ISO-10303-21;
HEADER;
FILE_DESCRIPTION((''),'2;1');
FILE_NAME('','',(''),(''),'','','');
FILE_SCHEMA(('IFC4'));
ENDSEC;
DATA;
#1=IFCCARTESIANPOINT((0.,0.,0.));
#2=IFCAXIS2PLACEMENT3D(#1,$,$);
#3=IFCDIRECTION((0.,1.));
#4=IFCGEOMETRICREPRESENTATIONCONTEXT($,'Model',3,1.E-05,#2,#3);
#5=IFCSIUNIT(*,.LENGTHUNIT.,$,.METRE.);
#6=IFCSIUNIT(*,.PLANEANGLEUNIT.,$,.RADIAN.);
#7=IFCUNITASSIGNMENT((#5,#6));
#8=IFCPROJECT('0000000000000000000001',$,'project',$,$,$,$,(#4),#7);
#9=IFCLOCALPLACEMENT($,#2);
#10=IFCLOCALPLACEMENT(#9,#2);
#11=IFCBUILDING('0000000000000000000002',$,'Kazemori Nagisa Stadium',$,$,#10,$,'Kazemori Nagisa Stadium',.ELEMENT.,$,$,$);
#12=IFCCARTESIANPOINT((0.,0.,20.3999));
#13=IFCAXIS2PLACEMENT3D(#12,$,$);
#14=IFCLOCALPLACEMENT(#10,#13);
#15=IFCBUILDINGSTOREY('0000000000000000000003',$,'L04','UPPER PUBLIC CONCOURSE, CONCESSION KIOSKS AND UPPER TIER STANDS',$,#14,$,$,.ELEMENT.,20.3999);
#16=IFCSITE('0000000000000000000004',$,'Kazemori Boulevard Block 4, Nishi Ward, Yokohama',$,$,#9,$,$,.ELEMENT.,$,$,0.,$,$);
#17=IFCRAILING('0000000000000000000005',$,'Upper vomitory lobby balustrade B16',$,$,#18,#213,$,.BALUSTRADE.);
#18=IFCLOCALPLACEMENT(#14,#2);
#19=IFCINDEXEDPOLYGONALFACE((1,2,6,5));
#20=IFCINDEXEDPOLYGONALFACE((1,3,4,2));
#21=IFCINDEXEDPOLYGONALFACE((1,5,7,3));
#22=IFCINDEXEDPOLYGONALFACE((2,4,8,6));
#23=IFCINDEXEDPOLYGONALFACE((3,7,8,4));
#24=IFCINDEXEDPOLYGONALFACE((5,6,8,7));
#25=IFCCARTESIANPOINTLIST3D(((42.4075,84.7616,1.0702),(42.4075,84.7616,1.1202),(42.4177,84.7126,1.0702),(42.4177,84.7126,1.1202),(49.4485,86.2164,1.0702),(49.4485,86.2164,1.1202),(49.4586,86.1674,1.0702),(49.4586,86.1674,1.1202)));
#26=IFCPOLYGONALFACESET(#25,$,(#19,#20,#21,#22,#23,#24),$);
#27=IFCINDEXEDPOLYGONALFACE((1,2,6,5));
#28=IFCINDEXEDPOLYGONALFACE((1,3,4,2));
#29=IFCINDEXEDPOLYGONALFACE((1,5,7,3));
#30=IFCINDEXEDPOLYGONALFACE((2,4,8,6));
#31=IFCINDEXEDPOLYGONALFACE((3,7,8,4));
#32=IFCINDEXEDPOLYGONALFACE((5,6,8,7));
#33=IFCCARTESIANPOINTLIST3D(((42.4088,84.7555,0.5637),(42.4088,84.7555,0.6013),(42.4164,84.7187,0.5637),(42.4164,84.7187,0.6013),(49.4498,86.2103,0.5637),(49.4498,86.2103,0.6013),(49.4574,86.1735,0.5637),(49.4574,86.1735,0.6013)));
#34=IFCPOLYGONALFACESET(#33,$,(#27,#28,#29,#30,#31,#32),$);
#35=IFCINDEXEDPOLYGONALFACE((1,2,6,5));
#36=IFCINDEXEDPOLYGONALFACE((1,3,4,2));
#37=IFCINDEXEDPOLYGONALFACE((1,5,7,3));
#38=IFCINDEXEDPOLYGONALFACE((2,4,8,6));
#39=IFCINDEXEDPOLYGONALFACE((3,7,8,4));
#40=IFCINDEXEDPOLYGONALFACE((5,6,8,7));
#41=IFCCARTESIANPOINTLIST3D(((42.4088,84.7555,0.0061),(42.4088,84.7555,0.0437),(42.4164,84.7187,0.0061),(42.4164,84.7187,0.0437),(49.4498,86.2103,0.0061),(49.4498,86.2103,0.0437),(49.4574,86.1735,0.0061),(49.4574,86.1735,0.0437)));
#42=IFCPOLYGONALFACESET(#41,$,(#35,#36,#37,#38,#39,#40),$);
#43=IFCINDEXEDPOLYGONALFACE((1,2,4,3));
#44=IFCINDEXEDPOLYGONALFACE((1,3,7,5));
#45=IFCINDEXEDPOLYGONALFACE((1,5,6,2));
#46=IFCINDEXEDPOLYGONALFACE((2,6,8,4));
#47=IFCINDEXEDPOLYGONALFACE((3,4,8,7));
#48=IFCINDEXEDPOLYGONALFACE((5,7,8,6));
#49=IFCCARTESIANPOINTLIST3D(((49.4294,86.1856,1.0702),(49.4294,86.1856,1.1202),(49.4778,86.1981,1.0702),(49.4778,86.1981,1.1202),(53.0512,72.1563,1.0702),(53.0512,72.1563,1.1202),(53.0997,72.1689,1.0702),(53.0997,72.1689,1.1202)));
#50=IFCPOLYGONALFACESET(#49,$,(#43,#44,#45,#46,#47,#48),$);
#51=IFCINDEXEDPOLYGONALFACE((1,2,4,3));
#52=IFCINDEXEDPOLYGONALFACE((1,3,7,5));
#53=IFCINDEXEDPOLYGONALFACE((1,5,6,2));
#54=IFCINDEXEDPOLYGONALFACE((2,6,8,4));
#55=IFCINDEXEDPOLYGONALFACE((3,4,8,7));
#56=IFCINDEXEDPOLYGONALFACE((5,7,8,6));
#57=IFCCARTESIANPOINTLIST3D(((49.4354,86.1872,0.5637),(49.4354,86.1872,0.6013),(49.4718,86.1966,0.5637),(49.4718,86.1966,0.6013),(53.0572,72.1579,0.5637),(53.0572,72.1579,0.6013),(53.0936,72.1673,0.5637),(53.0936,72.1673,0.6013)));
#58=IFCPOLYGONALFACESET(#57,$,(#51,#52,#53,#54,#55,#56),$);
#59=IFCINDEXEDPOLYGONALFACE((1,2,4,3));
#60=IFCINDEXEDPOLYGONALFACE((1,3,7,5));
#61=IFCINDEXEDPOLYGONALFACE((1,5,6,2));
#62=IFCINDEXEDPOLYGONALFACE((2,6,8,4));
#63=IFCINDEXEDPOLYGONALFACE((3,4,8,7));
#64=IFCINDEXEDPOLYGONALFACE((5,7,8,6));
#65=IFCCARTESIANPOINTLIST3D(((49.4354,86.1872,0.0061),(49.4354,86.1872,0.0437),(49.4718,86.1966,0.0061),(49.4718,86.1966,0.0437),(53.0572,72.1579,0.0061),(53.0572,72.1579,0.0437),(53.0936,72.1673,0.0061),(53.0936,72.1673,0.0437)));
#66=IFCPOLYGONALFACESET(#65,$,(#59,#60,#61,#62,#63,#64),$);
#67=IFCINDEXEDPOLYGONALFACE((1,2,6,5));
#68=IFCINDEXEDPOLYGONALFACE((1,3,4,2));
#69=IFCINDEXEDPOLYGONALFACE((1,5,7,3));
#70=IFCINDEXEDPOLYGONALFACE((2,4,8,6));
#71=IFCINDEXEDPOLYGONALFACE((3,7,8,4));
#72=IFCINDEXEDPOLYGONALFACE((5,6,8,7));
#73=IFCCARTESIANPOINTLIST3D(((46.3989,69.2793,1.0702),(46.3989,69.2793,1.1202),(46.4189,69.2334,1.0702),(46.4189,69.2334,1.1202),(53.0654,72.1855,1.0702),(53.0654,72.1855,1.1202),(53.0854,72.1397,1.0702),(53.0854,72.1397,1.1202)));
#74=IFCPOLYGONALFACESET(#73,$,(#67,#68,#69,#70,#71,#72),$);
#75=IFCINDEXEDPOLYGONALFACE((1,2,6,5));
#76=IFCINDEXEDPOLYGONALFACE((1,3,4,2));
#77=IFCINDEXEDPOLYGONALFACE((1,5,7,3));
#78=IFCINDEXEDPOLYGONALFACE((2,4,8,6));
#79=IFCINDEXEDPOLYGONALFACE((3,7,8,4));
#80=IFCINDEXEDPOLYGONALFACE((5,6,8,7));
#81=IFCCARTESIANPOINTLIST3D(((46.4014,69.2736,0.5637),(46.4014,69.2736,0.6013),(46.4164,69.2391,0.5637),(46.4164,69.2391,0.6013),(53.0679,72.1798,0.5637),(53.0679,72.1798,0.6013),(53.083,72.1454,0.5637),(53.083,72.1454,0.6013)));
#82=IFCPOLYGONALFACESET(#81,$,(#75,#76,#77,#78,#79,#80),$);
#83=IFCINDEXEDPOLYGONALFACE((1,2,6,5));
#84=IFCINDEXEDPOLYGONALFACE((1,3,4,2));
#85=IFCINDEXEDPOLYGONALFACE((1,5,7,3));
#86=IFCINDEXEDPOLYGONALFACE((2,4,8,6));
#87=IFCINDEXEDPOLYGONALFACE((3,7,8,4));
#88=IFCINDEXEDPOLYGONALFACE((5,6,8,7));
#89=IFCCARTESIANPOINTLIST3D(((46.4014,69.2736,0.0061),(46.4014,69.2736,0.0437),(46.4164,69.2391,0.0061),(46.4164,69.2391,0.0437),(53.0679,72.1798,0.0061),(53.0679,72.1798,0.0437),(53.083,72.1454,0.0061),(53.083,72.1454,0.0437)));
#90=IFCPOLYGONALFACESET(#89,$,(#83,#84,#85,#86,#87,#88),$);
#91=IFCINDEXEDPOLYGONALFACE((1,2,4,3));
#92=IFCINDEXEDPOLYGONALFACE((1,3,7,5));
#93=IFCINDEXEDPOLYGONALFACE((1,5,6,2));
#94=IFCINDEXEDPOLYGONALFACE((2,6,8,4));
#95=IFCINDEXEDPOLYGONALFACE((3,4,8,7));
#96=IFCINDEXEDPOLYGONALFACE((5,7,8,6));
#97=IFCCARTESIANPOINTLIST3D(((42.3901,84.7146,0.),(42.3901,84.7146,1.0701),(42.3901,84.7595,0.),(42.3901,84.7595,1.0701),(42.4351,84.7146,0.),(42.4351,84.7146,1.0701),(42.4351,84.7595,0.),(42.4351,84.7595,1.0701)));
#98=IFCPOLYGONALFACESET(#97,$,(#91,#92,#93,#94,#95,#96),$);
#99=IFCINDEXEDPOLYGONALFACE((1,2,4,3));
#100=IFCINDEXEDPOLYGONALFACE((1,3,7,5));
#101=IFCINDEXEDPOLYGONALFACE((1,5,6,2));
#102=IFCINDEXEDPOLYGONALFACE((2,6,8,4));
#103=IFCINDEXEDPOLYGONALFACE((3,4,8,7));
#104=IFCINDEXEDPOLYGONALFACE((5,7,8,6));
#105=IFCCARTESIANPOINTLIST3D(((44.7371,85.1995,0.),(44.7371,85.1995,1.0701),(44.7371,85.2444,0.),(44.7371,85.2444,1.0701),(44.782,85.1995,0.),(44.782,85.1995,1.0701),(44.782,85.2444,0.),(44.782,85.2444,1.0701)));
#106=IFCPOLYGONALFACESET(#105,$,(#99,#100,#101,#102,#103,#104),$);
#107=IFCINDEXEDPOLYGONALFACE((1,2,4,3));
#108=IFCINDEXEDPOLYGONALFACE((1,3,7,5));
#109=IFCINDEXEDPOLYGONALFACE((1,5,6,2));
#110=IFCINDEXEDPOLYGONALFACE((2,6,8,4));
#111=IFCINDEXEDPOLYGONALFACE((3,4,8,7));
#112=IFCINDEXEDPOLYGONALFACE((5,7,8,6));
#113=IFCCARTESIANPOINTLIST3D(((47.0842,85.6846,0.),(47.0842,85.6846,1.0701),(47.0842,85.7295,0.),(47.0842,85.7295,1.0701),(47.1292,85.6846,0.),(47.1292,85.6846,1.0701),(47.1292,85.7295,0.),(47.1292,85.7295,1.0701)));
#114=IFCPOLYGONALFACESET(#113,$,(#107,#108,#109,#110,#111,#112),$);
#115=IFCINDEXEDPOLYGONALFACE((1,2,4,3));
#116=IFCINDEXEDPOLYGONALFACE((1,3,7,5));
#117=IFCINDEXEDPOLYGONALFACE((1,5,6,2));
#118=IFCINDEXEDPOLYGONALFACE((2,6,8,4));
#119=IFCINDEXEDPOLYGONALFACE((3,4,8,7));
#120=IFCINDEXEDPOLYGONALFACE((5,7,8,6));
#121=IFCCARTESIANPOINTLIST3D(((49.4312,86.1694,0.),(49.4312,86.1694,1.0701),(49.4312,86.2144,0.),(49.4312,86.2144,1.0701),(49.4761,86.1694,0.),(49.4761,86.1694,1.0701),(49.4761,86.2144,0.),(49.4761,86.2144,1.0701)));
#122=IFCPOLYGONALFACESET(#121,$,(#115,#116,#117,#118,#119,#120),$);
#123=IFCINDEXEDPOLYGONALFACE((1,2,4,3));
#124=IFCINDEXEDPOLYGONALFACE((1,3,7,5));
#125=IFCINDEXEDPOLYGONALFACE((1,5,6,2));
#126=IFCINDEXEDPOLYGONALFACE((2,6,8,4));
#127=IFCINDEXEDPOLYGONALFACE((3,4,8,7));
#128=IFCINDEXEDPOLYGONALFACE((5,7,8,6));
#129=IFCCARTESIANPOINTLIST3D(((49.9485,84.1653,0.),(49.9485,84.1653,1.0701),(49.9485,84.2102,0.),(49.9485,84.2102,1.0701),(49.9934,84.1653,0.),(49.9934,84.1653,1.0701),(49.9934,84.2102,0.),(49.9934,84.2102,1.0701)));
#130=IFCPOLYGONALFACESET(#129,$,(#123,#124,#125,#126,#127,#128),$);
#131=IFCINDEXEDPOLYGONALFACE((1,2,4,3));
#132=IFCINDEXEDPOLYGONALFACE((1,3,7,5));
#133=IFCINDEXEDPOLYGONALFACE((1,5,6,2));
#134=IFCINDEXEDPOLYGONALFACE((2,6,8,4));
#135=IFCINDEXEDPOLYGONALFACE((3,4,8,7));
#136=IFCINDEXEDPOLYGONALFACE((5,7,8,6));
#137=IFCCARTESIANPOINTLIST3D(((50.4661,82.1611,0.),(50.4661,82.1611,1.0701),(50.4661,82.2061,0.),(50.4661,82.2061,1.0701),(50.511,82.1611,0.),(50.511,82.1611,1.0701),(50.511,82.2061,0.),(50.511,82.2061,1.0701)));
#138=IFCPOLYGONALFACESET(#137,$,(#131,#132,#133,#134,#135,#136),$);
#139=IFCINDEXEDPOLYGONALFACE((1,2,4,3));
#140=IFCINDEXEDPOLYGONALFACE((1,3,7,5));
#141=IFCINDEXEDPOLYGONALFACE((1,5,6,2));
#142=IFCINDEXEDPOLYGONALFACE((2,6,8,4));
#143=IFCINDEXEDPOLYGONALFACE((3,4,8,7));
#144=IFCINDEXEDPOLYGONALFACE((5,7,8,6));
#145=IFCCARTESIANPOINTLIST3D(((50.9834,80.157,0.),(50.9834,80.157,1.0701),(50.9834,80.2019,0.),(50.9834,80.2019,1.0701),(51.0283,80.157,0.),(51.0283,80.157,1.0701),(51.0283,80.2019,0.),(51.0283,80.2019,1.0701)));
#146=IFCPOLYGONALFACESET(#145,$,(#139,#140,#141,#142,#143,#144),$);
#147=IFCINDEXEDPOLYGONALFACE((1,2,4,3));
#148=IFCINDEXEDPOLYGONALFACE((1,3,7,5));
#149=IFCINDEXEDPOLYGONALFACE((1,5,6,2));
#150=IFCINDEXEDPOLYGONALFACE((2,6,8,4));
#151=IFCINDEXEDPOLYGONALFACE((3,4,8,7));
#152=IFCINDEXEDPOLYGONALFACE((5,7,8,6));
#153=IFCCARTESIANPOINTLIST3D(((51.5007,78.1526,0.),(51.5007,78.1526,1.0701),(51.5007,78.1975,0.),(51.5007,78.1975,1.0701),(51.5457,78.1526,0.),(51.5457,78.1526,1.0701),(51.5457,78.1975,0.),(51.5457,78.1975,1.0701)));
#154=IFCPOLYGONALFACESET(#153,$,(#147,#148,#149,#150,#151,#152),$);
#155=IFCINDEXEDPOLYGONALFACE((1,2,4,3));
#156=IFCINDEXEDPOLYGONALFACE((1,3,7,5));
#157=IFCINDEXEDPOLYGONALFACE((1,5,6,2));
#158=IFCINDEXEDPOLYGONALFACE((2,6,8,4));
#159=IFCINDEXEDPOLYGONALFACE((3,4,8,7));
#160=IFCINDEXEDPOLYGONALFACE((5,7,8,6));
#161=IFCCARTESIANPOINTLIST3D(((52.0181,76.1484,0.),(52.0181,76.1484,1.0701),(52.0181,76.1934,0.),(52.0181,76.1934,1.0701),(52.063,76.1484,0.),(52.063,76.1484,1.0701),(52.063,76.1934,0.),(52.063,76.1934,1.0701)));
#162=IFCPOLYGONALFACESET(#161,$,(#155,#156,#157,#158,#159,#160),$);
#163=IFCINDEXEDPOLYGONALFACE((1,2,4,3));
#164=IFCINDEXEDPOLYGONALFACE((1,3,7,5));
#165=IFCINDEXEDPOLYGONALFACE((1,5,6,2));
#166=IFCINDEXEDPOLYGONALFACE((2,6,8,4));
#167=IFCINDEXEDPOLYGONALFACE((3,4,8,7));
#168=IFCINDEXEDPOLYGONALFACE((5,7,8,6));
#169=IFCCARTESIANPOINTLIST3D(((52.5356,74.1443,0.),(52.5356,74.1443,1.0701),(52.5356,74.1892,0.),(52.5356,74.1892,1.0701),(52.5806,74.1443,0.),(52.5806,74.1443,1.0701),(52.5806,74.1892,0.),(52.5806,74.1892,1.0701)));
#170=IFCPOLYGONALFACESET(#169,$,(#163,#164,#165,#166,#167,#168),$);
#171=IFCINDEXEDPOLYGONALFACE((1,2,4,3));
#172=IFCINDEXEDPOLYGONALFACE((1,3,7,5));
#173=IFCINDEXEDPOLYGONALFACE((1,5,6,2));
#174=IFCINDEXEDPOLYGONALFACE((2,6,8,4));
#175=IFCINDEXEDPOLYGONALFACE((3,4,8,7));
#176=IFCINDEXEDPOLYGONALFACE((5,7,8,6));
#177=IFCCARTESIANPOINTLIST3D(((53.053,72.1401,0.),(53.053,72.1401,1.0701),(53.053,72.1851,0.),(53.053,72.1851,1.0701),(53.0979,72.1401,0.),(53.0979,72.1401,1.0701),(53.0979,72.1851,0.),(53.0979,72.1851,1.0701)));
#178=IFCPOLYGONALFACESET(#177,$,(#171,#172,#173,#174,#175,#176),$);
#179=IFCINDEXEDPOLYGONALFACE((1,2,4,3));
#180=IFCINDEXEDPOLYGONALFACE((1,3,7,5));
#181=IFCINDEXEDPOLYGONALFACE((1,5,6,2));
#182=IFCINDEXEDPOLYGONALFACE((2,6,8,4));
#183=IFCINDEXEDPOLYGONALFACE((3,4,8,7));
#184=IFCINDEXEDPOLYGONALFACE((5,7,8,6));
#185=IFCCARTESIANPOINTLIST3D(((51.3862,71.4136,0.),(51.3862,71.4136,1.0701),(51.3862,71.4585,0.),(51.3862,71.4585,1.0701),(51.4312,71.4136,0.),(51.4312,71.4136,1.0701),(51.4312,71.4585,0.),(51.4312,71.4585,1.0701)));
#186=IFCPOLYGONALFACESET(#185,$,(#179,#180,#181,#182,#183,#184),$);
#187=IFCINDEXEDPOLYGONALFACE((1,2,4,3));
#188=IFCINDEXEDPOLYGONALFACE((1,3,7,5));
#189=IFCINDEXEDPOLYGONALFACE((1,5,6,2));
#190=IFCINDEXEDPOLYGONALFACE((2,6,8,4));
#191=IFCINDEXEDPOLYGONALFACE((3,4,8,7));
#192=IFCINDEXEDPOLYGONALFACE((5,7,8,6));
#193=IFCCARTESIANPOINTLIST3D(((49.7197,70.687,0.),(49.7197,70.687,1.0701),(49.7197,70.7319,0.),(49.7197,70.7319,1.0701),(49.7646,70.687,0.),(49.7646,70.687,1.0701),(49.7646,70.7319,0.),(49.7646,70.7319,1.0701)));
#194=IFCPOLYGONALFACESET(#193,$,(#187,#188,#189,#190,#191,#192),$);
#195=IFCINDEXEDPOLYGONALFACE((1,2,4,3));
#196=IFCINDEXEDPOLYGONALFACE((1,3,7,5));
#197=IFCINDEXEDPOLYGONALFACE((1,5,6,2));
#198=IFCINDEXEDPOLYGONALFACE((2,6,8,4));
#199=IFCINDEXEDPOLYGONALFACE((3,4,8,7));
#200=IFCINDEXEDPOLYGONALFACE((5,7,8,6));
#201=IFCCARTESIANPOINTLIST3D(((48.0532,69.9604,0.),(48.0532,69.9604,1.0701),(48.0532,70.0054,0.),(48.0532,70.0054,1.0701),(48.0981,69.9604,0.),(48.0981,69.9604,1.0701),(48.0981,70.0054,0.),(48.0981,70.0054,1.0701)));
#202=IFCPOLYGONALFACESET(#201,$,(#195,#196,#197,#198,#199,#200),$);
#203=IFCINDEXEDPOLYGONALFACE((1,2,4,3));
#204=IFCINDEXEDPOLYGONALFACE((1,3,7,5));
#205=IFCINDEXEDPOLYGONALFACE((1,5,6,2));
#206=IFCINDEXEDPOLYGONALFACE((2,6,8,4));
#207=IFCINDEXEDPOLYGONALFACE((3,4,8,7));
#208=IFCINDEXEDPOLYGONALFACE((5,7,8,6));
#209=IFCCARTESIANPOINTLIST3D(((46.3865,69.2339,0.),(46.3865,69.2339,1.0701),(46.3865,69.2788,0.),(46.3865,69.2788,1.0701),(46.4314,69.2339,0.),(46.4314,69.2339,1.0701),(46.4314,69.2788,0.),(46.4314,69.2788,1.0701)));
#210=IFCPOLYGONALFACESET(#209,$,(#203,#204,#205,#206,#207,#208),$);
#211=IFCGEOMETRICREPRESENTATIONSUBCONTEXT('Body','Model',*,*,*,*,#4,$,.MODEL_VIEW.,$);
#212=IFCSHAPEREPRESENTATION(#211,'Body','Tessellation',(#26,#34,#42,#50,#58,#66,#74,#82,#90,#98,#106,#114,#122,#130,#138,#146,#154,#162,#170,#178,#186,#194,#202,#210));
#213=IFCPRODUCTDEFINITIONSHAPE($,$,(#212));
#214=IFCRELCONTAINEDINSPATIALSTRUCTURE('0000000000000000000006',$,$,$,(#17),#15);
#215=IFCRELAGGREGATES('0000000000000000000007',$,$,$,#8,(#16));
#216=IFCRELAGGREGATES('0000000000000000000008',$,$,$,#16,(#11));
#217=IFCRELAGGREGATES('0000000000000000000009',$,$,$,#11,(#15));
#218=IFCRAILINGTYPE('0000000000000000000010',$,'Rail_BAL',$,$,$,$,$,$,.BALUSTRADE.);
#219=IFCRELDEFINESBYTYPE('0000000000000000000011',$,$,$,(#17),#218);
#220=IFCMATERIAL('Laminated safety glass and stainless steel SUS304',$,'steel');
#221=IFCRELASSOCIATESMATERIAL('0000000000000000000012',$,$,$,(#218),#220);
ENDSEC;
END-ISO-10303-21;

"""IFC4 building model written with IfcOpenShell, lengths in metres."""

from ifc_helpers import new_model, si_unit, direction, frame, origin, origin_2d, place, context, subcontext, project, spatial, rectangle, extrude, material, type_object, element, save


model = new_model("IFC4")

# Units and contexts
model_context = context("Model", 3, precision=1e-05, world=origin(), true_north=direction((0.0, 1.0)))
body_context = subcontext(model_context, "Body", "Model", "MODEL_VIEW")
ifc_project = project(units=[si_unit("LENGTHUNIT", "METRE"), si_unit("PLANEANGLEUNIT", "RADIAN")], contexts=[model_context])

# Site, building, storey
site_placement = place(None, origin())
site = spatial("IfcSite", under=ifc_project, at=site_placement, Name="Kazemori Boulevard Block 4, Nishi Ward, Yokohama", CompositionType="ELEMENT", RefElevation=0.0)
building_placement = place(site_placement, origin())
building = spatial("IfcBuilding", under=site, at=building_placement, Name="Kazemori Nagisa Stadium", LongName="Kazemori Nagisa Stadium", CompositionType="ELEMENT")
storey_placement = place(building_placement, frame((0.0, 0.0, 20.3999)))
storey = spatial("IfcBuildingStorey", under=building, at=storey_placement, Name="L04", Description="UPPER PUBLIC CONCOURSE, CONCESSION KIOSKS AND UPPER TIER STANDS", CompositionType="ELEMENT", Elevation=20.3999)

# Railing
ifc_material_1 = material(Name="Laminated safety glass and stainless steel SUS304", Category="steel")
railing_type_1 = type_object("IfcRailingType", Name="Rail_BAL", PredefinedType="BALUSTRADE", material=ifc_material_1)
railing_1_placement = place(storey_placement, frame((42.4126, 84.7371, 0.0)))
element("IfcRailing", 1, at=railing_1_placement, inside=storey, type_object=railing_type_1, Name="Upper vomitory lobby balustrade B16", PredefinedType="BALUSTRADE", context=body_context, shape_type="SweptSolid", body=[
    extrude(rectangle(XDim=0.05, YDim=0.05, at=origin_2d()), frame((0.0, 0.0, 1.0952), z_axis=(0.979314, 0.202348, 0.0), x_axis=(-0.202348, 0.979314, 0.0)), (0.0, 0.0, 1.0), 7.1897),
    extrude(rectangle(XDim=0.0376, YDim=0.0376, at=origin_2d()), frame((0.0, 0.0, 0.5825), z_axis=(0.979314, 0.202348, 0.0), x_axis=(-0.202348, 0.979314, 0.0)), (0.0, 0.0, 1.0), 7.1897),
    extrude(rectangle(XDim=0.0376, YDim=0.0376, at=origin_2d()), frame((0.0, 0.0, 0.0249), z_axis=(0.979314, 0.202348, 0.0), x_axis=(-0.202348, 0.979314, 0.0)), (0.0, 0.0, 1.0), 7.1897),
    extrude(rectangle(XDim=0.05, YDim=0.05, at=origin_2d()), frame((7.041, 1.4548, 1.0952), z_axis=(0.249966, -0.968255, 0.0), x_axis=(0.968255, 0.249966, 0.0)), (0.0, 0.0, 1.0), 14.4893),
    extrude(rectangle(XDim=0.0376, YDim=0.0376, at=origin_2d()), frame((7.041, 1.4548, 0.5825), z_axis=(0.249966, -0.968255, 0.0), x_axis=(0.968255, 0.249966, 0.0)), (0.0, 0.0, 1.0), 14.4893),
    extrude(rectangle(XDim=0.0376, YDim=0.0376, at=origin_2d()), frame((7.041, 1.4548, 0.0249), z_axis=(0.249966, -0.968255, 0.0), x_axis=(0.968255, 0.249966, 0.0)), (0.0, 0.0, 1.0), 14.4893),
    extrude(rectangle(XDim=0.05, YDim=0.05, at=origin_2d()), frame((10.6628, -12.5745, 1.0952), z_axis=(-0.916679, -0.399624, 0.0), x_axis=(0.399624, -0.916679, 0.0)), (0.0, 0.0, 1.0), 7.2725),
    extrude(rectangle(XDim=0.0376, YDim=0.0376, at=origin_2d()), frame((10.6628, -12.5745, 0.5825), z_axis=(-0.916679, -0.399624, 0.0), x_axis=(0.399624, -0.916679, 0.0)), (0.0, 0.0, 1.0), 7.2725),
    extrude(rectangle(XDim=0.0376, YDim=0.0376, at=origin_2d()), frame((10.6628, -12.5745, 0.0249), z_axis=(-0.916679, -0.399624, 0.0), x_axis=(0.399624, -0.916679, 0.0)), (0.0, 0.0, 1.0), 7.2725),
    extrude(rectangle(XDim=0.0449, YDim=0.0449, at=origin_2d()), origin(), (0.0, 0.0, 1.0), 1.0701),
    extrude(rectangle(XDim=0.0449, YDim=0.0449, at=origin_2d()), frame((2.3469, 0.4849, 0.0)), (0.0, 0.0, 1.0), 1.0701),
    extrude(rectangle(XDim=0.0449, YDim=0.0449, at=origin_2d()), frame((4.6941, 0.97, 0.0)), (0.0, 0.0, 1.0), 1.0701),
    extrude(rectangle(XDim=0.0449, YDim=0.0449, at=origin_2d()), frame((7.041, 1.4548, 0.0)), (0.0, 0.0, 1.0), 1.0701),
    extrude(rectangle(XDim=0.0449, YDim=0.0449, at=origin_2d()), frame((7.5583, -0.5493, 0.0)), (0.0, 0.0, 1.0), 1.0701),
    extrude(rectangle(XDim=0.0449, YDim=0.0449, at=origin_2d()), frame((8.0759, -2.5535, 0.0)), (0.0, 0.0, 1.0), 1.0701),
    extrude(rectangle(XDim=0.0449, YDim=0.0449, at=origin_2d()), frame((8.5933, -4.5576, 0.0)), (0.0, 0.0, 1.0), 1.0701),
    extrude(rectangle(XDim=0.0449, YDim=0.0449, at=origin_2d()), frame((9.1106, -6.562, 0.0)), (0.0, 0.0, 1.0), 1.0701),
    extrude(rectangle(XDim=0.0449, YDim=0.0449, at=origin_2d()), frame((9.6279, -8.5662, 0.0)), (0.0, 0.0, 1.0), 1.0701),
    extrude(rectangle(XDim=0.0449, YDim=0.0449, at=origin_2d()), frame((10.1455, -10.5703, 0.0)), (0.0, 0.0, 1.0), 1.0701),
    extrude(rectangle(XDim=0.0449, YDim=0.0449, at=origin_2d()), frame((10.6628, -12.5745, 0.0)), (0.0, 0.0, 1.0), 1.0701),
    extrude(rectangle(XDim=0.0449, YDim=0.0449, at=origin_2d()), frame((8.9961, -13.301, 0.0)), (0.0, 0.0, 1.0), 1.0701),
    extrude(rectangle(XDim=0.0449, YDim=0.0449, at=origin_2d()), frame((7.3296, -14.0276, 0.0)), (0.0, 0.0, 1.0), 1.0701),
    extrude(rectangle(XDim=0.0449, YDim=0.0449, at=origin_2d()), frame((5.6631, -14.7542, 0.0)), (0.0, 0.0, 1.0), 1.0701),
    extrude(rectangle(XDim=0.0449, YDim=0.0449, at=origin_2d()), frame((3.9963, -15.4807, 0.0)), (0.0, 0.0, 1.0), 1.0701),
])

save(model, "model.ifc")
